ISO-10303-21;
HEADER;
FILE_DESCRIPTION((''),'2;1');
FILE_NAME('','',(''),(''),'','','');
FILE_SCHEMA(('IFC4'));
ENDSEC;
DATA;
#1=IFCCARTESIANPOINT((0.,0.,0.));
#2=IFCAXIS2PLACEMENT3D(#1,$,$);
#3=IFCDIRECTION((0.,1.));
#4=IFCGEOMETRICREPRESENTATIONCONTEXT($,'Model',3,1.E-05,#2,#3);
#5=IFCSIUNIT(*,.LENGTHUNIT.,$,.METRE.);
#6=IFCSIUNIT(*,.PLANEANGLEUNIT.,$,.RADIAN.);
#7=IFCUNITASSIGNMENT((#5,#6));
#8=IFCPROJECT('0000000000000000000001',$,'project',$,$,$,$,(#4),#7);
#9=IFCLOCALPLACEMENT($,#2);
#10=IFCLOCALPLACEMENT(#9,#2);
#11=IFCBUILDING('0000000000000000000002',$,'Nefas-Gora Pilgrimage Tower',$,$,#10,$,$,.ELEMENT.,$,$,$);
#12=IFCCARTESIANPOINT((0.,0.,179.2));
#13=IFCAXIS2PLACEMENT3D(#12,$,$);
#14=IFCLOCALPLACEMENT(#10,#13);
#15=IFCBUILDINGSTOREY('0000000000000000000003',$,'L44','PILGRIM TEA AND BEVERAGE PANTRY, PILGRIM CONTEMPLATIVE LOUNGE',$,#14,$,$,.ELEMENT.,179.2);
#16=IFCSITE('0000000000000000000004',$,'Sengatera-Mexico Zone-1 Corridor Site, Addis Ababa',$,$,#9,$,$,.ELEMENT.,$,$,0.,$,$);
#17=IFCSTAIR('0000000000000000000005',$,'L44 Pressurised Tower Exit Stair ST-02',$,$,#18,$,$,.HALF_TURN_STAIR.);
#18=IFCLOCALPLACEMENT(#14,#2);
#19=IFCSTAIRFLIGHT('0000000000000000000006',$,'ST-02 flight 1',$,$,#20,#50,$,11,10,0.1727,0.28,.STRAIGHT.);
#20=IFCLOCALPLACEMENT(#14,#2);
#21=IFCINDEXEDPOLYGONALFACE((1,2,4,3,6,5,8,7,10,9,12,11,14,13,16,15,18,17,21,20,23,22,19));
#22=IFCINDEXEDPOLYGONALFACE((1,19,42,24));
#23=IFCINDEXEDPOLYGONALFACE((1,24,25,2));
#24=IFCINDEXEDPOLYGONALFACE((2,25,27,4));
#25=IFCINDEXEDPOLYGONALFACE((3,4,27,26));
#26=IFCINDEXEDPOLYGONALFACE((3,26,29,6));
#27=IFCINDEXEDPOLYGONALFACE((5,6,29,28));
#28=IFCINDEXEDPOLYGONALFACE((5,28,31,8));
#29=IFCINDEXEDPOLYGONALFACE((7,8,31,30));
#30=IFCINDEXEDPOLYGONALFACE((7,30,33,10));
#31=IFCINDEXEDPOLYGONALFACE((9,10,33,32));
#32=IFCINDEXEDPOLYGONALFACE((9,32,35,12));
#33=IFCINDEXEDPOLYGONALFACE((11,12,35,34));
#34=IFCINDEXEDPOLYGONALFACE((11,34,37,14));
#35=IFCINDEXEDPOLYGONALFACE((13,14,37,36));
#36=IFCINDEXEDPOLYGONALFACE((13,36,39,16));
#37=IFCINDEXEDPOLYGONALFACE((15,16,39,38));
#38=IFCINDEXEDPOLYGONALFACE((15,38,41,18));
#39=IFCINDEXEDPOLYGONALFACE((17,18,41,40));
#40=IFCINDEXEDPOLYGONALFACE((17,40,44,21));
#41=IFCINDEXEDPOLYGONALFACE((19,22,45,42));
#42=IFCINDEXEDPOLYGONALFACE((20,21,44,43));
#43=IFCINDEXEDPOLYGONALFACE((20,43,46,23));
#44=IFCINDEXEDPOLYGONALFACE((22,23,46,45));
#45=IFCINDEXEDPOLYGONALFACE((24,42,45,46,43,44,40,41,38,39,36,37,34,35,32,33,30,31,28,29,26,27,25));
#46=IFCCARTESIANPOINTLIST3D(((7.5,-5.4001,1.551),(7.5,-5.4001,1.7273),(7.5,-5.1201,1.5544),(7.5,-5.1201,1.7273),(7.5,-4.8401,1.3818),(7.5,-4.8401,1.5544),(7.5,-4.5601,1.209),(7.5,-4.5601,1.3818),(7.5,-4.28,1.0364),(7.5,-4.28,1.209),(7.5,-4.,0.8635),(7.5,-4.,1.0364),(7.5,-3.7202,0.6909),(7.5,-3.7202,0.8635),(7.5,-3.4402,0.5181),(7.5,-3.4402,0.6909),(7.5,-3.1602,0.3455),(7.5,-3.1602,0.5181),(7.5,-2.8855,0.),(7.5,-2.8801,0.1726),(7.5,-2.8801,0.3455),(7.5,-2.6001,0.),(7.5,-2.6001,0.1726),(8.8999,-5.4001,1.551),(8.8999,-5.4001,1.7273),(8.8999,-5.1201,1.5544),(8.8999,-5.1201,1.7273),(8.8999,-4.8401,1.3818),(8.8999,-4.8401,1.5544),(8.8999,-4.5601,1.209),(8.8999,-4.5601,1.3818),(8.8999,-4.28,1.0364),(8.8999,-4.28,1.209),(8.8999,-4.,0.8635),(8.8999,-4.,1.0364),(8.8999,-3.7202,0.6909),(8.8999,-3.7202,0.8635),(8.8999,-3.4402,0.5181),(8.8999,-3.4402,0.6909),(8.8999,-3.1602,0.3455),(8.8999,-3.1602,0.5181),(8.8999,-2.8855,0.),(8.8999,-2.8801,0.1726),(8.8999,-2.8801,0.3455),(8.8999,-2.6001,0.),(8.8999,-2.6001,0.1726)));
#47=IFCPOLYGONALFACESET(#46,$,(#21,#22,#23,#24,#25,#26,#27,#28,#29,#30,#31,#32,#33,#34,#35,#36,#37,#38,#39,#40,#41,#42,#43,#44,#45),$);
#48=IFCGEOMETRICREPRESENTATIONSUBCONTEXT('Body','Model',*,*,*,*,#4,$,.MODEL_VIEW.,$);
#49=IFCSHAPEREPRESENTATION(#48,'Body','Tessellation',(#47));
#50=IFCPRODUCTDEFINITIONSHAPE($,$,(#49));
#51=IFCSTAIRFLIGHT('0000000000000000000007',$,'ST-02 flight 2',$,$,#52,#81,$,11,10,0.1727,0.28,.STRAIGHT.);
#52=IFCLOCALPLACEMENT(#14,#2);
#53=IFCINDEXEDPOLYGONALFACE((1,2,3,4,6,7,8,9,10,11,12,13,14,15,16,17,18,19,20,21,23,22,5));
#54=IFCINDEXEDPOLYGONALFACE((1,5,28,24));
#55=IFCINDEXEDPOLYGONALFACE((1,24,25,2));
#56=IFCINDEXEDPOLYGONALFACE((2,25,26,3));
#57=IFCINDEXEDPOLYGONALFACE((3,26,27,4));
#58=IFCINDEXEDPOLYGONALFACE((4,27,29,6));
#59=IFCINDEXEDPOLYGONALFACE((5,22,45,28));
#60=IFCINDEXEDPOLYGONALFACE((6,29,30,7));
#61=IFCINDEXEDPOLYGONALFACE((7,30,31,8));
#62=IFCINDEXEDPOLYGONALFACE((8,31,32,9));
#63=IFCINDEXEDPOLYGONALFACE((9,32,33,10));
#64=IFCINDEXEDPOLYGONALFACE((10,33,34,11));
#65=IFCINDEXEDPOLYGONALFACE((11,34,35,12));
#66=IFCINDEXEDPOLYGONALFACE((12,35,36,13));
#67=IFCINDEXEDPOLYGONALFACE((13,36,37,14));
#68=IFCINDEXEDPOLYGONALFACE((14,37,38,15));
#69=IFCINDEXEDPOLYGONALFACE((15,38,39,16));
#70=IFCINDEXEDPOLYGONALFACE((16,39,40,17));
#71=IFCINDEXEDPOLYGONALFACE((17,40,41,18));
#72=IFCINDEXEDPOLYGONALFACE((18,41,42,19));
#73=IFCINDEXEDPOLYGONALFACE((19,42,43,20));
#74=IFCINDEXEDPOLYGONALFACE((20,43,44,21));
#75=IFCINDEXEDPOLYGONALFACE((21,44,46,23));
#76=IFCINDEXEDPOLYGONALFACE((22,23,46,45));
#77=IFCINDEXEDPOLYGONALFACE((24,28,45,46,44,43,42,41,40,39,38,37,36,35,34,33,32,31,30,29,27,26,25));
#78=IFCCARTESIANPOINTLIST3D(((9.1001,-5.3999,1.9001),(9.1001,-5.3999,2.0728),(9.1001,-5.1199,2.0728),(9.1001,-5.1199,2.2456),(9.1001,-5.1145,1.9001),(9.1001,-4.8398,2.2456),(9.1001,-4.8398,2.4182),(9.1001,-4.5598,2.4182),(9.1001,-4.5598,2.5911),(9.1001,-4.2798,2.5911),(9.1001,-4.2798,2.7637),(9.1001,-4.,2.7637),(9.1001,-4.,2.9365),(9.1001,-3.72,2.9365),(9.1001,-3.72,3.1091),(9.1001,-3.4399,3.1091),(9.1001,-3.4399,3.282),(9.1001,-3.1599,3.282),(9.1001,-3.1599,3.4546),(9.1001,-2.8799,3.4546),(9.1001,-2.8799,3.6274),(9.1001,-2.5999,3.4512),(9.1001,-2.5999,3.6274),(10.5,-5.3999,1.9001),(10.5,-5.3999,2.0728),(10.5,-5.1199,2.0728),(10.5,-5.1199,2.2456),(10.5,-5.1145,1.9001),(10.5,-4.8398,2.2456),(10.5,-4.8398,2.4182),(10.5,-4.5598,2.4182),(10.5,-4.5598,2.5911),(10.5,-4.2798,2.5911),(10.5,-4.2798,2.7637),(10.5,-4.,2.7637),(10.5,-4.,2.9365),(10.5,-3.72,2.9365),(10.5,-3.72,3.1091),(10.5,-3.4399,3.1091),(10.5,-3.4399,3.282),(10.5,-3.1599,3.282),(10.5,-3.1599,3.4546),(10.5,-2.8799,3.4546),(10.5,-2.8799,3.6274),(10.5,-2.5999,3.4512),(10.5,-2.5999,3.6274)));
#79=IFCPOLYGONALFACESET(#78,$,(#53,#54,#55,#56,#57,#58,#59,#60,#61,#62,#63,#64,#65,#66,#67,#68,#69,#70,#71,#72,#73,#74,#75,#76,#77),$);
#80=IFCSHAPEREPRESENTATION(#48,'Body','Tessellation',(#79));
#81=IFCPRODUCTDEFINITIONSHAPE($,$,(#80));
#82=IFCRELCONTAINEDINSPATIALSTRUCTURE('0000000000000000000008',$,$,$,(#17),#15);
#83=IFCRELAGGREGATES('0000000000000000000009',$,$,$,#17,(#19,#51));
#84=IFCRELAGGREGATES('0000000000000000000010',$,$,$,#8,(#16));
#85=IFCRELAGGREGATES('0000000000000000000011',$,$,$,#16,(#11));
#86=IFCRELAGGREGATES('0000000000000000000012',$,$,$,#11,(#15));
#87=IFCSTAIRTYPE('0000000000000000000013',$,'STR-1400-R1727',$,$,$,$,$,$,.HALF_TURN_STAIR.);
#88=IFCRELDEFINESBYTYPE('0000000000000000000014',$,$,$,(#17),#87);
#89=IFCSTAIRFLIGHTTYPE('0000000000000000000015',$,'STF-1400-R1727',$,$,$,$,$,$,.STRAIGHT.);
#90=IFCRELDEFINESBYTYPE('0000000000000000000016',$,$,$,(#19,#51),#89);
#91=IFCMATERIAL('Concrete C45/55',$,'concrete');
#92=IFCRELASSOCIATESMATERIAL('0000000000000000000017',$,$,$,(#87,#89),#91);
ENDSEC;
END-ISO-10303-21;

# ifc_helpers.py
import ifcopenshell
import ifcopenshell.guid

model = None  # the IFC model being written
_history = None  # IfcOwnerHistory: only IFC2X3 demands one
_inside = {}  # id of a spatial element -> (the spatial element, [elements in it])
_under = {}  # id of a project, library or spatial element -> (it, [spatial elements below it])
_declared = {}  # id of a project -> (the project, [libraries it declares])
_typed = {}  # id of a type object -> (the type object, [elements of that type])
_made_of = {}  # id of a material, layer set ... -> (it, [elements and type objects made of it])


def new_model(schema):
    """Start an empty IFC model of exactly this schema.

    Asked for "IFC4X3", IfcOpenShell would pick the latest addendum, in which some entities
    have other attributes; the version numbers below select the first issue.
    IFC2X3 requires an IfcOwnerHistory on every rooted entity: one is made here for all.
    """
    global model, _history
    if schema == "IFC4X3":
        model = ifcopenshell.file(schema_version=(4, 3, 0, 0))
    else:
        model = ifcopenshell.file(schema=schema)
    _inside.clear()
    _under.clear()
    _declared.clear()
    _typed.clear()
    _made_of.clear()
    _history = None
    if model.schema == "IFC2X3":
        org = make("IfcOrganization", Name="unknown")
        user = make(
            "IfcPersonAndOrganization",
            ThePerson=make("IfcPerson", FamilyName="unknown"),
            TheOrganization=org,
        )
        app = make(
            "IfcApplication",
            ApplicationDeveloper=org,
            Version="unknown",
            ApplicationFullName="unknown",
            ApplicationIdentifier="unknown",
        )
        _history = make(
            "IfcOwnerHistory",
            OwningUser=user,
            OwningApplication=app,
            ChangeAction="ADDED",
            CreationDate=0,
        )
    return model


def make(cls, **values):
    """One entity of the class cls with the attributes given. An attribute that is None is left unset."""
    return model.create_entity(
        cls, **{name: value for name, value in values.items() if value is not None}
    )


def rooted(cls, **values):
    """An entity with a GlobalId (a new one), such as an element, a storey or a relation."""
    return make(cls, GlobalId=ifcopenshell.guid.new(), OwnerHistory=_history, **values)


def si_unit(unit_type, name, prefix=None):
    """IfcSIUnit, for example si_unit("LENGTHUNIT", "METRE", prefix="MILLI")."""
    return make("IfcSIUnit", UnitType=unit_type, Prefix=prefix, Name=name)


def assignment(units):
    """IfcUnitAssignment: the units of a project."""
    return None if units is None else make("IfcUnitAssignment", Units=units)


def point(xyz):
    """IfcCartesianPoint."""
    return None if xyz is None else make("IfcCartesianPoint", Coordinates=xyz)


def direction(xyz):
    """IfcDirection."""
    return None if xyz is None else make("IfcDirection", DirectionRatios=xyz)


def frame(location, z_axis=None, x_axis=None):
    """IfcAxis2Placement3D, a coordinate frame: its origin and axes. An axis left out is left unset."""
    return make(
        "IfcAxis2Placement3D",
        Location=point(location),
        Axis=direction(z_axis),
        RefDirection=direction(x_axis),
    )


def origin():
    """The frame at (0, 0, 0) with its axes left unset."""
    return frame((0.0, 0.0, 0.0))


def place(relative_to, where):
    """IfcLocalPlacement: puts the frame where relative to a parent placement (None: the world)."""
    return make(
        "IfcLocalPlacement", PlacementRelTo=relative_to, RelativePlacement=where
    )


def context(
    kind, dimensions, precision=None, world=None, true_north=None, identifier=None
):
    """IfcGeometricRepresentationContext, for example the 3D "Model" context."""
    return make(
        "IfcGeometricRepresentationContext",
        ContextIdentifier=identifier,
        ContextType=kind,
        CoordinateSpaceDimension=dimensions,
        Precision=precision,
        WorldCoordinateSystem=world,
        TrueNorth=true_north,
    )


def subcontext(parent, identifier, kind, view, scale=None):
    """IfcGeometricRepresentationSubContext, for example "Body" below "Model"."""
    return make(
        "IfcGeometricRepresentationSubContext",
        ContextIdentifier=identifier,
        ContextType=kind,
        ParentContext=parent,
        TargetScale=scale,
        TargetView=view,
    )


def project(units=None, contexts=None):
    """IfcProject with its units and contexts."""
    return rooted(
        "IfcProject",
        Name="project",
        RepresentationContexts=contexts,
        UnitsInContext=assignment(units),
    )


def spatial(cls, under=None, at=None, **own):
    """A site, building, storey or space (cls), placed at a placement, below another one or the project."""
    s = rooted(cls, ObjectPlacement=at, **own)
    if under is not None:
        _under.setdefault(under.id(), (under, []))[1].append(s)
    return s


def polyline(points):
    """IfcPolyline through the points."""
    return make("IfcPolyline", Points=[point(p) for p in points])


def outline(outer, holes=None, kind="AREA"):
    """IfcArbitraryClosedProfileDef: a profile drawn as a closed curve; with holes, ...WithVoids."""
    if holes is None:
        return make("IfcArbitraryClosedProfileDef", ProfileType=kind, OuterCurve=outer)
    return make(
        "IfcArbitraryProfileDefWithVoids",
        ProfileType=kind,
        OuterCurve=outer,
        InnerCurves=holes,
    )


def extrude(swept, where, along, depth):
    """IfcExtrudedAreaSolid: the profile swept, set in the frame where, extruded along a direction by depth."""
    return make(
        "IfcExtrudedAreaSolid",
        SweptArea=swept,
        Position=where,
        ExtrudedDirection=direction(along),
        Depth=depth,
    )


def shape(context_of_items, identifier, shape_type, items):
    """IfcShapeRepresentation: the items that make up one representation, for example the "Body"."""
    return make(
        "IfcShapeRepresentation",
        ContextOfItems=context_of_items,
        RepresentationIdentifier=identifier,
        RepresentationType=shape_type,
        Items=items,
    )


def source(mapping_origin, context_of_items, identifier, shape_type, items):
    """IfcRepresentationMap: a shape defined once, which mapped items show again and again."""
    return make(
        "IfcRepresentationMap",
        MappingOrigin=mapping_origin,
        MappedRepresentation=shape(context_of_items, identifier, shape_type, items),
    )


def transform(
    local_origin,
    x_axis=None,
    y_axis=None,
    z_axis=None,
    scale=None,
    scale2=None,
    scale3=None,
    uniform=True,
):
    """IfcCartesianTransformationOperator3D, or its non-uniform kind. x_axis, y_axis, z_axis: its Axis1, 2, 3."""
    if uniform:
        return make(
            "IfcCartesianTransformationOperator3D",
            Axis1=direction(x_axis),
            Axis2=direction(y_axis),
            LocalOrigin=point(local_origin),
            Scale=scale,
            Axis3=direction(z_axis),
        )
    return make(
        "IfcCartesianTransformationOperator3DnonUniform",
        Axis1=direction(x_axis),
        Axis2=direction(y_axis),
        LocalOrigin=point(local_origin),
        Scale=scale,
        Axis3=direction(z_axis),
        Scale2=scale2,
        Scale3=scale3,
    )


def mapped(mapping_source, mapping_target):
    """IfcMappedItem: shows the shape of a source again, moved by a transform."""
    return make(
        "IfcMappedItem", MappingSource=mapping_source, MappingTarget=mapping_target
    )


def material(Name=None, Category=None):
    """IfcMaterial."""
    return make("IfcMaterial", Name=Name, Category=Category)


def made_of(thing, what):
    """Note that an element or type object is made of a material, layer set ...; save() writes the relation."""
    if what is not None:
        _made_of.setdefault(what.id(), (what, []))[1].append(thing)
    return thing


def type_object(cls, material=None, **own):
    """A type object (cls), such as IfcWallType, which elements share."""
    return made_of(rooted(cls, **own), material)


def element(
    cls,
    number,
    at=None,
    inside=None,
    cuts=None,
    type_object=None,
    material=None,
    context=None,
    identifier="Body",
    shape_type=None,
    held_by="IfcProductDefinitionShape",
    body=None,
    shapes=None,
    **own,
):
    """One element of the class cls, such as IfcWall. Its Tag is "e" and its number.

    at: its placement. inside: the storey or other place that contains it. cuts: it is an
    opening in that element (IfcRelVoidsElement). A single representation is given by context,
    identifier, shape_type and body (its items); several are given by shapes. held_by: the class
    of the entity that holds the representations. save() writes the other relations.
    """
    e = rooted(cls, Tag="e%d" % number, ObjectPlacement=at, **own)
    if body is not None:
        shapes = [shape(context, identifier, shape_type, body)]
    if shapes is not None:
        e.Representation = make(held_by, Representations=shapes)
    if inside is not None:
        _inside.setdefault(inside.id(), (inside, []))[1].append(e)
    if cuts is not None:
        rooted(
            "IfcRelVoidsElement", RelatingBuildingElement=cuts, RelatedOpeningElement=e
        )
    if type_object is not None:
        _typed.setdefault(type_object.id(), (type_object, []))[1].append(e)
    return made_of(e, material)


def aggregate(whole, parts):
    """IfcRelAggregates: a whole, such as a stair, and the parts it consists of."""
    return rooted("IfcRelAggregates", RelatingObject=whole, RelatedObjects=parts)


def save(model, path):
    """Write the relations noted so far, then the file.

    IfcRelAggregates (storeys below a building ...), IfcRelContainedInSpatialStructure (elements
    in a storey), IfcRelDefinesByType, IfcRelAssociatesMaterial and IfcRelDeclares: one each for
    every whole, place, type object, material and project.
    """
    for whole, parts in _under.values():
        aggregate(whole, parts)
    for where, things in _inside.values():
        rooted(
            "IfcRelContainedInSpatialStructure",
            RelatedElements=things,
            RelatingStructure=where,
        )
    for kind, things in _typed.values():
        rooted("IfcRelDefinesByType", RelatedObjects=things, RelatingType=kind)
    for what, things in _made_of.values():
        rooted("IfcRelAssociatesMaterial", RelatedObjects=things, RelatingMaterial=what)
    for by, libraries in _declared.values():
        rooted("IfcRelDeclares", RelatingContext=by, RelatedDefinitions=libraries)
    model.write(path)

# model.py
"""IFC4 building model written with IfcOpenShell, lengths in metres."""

from ifc_helpers import new_model, si_unit, direction, frame, origin, place, context, subcontext, project, spatial, polyline, outline, extrude, source, transform, mapped, material, type_object, element, aggregate, save


model = new_model("IFC4")

# Units and contexts
model_context = context("Model", 3, precision=1e-05, world=origin(), true_north=direction((0.0, 1.0)))
body_context = subcontext(model_context, "Body", "Model", "MODEL_VIEW")
ifc_project = project(units=[si_unit("LENGTHUNIT", "METRE"), si_unit("PLANEANGLEUNIT", "RADIAN")], contexts=[model_context])

# Site, building, storey
site_placement = place(None, origin())
site = spatial("IfcSite", under=ifc_project, at=site_placement, Name="Sengatera-Mexico Zone-1 Corridor Site, Addis Ababa", CompositionType="ELEMENT", RefElevation=0.0)
building_placement = place(site_placement, origin())
building = spatial("IfcBuilding", under=site, at=building_placement, Name="Nefas-Gora Pilgrimage Tower", CompositionType="ELEMENT")
storey_placement = place(building_placement, frame((0.0, 0.0, 179.2)))
storey = spatial("IfcBuildingStorey", under=building, at=storey_placement, Name="L44", Description="PILGRIM TEA AND BEVERAGE PANTRY, PILGRIM CONTEMPLATIVE LOUNGE", CompositionType="ELEMENT", Elevation=179.2)

# Shared definitions
ifc_material_1 = material(Name="Concrete C45/55", Category="concrete")

# Stair, stair flights
stair_type = type_object("IfcStairType", Name="STR-1400-R1727", PredefinedType="HALF_TURN_STAIR", material=ifc_material_1)
stair_placement = place(storey_placement, origin())
stair = element("IfcStair", 1, at=stair_placement, inside=storey, type_object=stair_type, Name="L44 Pressurised Tower Exit Stair ST-02", PredefinedType="HALF_TURN_STAIR")
stair_flight_type = type_object("IfcStairFlightType", Name="STF-1400-R1727", PredefinedType="STRAIGHT", material=ifc_material_1)
shared_shape_1 = source(origin(), body_context, "Body", "SweptSolid", [
    extrude(outline(polyline([(0.0, 0.0), (0.0, 0.1726), (0.28, 0.1726), (0.28, 0.3455), (0.5601, 0.3455), (0.5601, 0.5181), (0.8401, 0.5181), (0.8401, 0.6909), (1.1201, 0.6909), (1.1201, 0.8635), (1.3999, 0.8635), (1.3999, 1.0364), (1.6799, 1.0364), (1.6799, 1.209), (1.96, 1.209), (1.96, 1.3818), (2.24, 1.3818), (2.24, 1.5544), (2.52, 1.5544), (2.52, 1.7273), (2.8, 1.7273), (2.8, 1.8999), (2.8, 1.551), (0.2854, 0.0), (0.0, 0.0)])), frame((0.0, 0.7, 0.0), z_axis=(0.0, -1.0, 0.0), x_axis=(1.0, 0.0, 0.0)), (0.0, 0.0, 1.0), 1.3999),
])
stair_flight_1_placement = place(storey_placement, frame((8.2, -2.6001, 0.0), z_axis=(0.0, 0.0, 1.0), x_axis=(0.0, -1.0, 0.0)))
stair_flight_1 = element("IfcStairFlight", 2, at=stair_flight_1_placement, type_object=stair_flight_type, Name="ST-02 flight 1", NumberOfRisers=11, NumberOfTreads=10, PredefinedType="STRAIGHT", RiserHeight=0.1727, TreadLength=0.28, context=body_context, shape_type="MappedRepresentation", body=[
    mapped(shared_shape_1, transform((0.0, 0.0, 0.0), x_axis=(1.0, 0.0, 0.0), y_axis=(0.0, 1.0, 0.0), z_axis=(0.0, 0.0, 1.0), scale=1.0)),
])
stair_flight_2_placement = place(storey_placement, frame((9.8, -5.3999, 1.9001), z_axis=(0.0, 0.0, 1.0), x_axis=(0.0, 1.0, 0.0)))
stair_flight_2 = element("IfcStairFlight", 3, at=stair_flight_2_placement, type_object=stair_flight_type, Name="ST-02 flight 2", NumberOfRisers=11, NumberOfTreads=10, PredefinedType="STRAIGHT", RiserHeight=0.1727, TreadLength=0.28, context=body_context, shape_type="MappedRepresentation", body=[
    mapped(shared_shape_1, transform((0.0, 0.0, 0.0), x_axis=(1.0, 0.0, 0.0), y_axis=(0.0, 1.0, 0.0), z_axis=(0.0, 0.0, 1.0), scale=1.0)),
])
aggregate(stair, [stair_flight_1, stair_flight_2])

save(model, "model.ifc")
